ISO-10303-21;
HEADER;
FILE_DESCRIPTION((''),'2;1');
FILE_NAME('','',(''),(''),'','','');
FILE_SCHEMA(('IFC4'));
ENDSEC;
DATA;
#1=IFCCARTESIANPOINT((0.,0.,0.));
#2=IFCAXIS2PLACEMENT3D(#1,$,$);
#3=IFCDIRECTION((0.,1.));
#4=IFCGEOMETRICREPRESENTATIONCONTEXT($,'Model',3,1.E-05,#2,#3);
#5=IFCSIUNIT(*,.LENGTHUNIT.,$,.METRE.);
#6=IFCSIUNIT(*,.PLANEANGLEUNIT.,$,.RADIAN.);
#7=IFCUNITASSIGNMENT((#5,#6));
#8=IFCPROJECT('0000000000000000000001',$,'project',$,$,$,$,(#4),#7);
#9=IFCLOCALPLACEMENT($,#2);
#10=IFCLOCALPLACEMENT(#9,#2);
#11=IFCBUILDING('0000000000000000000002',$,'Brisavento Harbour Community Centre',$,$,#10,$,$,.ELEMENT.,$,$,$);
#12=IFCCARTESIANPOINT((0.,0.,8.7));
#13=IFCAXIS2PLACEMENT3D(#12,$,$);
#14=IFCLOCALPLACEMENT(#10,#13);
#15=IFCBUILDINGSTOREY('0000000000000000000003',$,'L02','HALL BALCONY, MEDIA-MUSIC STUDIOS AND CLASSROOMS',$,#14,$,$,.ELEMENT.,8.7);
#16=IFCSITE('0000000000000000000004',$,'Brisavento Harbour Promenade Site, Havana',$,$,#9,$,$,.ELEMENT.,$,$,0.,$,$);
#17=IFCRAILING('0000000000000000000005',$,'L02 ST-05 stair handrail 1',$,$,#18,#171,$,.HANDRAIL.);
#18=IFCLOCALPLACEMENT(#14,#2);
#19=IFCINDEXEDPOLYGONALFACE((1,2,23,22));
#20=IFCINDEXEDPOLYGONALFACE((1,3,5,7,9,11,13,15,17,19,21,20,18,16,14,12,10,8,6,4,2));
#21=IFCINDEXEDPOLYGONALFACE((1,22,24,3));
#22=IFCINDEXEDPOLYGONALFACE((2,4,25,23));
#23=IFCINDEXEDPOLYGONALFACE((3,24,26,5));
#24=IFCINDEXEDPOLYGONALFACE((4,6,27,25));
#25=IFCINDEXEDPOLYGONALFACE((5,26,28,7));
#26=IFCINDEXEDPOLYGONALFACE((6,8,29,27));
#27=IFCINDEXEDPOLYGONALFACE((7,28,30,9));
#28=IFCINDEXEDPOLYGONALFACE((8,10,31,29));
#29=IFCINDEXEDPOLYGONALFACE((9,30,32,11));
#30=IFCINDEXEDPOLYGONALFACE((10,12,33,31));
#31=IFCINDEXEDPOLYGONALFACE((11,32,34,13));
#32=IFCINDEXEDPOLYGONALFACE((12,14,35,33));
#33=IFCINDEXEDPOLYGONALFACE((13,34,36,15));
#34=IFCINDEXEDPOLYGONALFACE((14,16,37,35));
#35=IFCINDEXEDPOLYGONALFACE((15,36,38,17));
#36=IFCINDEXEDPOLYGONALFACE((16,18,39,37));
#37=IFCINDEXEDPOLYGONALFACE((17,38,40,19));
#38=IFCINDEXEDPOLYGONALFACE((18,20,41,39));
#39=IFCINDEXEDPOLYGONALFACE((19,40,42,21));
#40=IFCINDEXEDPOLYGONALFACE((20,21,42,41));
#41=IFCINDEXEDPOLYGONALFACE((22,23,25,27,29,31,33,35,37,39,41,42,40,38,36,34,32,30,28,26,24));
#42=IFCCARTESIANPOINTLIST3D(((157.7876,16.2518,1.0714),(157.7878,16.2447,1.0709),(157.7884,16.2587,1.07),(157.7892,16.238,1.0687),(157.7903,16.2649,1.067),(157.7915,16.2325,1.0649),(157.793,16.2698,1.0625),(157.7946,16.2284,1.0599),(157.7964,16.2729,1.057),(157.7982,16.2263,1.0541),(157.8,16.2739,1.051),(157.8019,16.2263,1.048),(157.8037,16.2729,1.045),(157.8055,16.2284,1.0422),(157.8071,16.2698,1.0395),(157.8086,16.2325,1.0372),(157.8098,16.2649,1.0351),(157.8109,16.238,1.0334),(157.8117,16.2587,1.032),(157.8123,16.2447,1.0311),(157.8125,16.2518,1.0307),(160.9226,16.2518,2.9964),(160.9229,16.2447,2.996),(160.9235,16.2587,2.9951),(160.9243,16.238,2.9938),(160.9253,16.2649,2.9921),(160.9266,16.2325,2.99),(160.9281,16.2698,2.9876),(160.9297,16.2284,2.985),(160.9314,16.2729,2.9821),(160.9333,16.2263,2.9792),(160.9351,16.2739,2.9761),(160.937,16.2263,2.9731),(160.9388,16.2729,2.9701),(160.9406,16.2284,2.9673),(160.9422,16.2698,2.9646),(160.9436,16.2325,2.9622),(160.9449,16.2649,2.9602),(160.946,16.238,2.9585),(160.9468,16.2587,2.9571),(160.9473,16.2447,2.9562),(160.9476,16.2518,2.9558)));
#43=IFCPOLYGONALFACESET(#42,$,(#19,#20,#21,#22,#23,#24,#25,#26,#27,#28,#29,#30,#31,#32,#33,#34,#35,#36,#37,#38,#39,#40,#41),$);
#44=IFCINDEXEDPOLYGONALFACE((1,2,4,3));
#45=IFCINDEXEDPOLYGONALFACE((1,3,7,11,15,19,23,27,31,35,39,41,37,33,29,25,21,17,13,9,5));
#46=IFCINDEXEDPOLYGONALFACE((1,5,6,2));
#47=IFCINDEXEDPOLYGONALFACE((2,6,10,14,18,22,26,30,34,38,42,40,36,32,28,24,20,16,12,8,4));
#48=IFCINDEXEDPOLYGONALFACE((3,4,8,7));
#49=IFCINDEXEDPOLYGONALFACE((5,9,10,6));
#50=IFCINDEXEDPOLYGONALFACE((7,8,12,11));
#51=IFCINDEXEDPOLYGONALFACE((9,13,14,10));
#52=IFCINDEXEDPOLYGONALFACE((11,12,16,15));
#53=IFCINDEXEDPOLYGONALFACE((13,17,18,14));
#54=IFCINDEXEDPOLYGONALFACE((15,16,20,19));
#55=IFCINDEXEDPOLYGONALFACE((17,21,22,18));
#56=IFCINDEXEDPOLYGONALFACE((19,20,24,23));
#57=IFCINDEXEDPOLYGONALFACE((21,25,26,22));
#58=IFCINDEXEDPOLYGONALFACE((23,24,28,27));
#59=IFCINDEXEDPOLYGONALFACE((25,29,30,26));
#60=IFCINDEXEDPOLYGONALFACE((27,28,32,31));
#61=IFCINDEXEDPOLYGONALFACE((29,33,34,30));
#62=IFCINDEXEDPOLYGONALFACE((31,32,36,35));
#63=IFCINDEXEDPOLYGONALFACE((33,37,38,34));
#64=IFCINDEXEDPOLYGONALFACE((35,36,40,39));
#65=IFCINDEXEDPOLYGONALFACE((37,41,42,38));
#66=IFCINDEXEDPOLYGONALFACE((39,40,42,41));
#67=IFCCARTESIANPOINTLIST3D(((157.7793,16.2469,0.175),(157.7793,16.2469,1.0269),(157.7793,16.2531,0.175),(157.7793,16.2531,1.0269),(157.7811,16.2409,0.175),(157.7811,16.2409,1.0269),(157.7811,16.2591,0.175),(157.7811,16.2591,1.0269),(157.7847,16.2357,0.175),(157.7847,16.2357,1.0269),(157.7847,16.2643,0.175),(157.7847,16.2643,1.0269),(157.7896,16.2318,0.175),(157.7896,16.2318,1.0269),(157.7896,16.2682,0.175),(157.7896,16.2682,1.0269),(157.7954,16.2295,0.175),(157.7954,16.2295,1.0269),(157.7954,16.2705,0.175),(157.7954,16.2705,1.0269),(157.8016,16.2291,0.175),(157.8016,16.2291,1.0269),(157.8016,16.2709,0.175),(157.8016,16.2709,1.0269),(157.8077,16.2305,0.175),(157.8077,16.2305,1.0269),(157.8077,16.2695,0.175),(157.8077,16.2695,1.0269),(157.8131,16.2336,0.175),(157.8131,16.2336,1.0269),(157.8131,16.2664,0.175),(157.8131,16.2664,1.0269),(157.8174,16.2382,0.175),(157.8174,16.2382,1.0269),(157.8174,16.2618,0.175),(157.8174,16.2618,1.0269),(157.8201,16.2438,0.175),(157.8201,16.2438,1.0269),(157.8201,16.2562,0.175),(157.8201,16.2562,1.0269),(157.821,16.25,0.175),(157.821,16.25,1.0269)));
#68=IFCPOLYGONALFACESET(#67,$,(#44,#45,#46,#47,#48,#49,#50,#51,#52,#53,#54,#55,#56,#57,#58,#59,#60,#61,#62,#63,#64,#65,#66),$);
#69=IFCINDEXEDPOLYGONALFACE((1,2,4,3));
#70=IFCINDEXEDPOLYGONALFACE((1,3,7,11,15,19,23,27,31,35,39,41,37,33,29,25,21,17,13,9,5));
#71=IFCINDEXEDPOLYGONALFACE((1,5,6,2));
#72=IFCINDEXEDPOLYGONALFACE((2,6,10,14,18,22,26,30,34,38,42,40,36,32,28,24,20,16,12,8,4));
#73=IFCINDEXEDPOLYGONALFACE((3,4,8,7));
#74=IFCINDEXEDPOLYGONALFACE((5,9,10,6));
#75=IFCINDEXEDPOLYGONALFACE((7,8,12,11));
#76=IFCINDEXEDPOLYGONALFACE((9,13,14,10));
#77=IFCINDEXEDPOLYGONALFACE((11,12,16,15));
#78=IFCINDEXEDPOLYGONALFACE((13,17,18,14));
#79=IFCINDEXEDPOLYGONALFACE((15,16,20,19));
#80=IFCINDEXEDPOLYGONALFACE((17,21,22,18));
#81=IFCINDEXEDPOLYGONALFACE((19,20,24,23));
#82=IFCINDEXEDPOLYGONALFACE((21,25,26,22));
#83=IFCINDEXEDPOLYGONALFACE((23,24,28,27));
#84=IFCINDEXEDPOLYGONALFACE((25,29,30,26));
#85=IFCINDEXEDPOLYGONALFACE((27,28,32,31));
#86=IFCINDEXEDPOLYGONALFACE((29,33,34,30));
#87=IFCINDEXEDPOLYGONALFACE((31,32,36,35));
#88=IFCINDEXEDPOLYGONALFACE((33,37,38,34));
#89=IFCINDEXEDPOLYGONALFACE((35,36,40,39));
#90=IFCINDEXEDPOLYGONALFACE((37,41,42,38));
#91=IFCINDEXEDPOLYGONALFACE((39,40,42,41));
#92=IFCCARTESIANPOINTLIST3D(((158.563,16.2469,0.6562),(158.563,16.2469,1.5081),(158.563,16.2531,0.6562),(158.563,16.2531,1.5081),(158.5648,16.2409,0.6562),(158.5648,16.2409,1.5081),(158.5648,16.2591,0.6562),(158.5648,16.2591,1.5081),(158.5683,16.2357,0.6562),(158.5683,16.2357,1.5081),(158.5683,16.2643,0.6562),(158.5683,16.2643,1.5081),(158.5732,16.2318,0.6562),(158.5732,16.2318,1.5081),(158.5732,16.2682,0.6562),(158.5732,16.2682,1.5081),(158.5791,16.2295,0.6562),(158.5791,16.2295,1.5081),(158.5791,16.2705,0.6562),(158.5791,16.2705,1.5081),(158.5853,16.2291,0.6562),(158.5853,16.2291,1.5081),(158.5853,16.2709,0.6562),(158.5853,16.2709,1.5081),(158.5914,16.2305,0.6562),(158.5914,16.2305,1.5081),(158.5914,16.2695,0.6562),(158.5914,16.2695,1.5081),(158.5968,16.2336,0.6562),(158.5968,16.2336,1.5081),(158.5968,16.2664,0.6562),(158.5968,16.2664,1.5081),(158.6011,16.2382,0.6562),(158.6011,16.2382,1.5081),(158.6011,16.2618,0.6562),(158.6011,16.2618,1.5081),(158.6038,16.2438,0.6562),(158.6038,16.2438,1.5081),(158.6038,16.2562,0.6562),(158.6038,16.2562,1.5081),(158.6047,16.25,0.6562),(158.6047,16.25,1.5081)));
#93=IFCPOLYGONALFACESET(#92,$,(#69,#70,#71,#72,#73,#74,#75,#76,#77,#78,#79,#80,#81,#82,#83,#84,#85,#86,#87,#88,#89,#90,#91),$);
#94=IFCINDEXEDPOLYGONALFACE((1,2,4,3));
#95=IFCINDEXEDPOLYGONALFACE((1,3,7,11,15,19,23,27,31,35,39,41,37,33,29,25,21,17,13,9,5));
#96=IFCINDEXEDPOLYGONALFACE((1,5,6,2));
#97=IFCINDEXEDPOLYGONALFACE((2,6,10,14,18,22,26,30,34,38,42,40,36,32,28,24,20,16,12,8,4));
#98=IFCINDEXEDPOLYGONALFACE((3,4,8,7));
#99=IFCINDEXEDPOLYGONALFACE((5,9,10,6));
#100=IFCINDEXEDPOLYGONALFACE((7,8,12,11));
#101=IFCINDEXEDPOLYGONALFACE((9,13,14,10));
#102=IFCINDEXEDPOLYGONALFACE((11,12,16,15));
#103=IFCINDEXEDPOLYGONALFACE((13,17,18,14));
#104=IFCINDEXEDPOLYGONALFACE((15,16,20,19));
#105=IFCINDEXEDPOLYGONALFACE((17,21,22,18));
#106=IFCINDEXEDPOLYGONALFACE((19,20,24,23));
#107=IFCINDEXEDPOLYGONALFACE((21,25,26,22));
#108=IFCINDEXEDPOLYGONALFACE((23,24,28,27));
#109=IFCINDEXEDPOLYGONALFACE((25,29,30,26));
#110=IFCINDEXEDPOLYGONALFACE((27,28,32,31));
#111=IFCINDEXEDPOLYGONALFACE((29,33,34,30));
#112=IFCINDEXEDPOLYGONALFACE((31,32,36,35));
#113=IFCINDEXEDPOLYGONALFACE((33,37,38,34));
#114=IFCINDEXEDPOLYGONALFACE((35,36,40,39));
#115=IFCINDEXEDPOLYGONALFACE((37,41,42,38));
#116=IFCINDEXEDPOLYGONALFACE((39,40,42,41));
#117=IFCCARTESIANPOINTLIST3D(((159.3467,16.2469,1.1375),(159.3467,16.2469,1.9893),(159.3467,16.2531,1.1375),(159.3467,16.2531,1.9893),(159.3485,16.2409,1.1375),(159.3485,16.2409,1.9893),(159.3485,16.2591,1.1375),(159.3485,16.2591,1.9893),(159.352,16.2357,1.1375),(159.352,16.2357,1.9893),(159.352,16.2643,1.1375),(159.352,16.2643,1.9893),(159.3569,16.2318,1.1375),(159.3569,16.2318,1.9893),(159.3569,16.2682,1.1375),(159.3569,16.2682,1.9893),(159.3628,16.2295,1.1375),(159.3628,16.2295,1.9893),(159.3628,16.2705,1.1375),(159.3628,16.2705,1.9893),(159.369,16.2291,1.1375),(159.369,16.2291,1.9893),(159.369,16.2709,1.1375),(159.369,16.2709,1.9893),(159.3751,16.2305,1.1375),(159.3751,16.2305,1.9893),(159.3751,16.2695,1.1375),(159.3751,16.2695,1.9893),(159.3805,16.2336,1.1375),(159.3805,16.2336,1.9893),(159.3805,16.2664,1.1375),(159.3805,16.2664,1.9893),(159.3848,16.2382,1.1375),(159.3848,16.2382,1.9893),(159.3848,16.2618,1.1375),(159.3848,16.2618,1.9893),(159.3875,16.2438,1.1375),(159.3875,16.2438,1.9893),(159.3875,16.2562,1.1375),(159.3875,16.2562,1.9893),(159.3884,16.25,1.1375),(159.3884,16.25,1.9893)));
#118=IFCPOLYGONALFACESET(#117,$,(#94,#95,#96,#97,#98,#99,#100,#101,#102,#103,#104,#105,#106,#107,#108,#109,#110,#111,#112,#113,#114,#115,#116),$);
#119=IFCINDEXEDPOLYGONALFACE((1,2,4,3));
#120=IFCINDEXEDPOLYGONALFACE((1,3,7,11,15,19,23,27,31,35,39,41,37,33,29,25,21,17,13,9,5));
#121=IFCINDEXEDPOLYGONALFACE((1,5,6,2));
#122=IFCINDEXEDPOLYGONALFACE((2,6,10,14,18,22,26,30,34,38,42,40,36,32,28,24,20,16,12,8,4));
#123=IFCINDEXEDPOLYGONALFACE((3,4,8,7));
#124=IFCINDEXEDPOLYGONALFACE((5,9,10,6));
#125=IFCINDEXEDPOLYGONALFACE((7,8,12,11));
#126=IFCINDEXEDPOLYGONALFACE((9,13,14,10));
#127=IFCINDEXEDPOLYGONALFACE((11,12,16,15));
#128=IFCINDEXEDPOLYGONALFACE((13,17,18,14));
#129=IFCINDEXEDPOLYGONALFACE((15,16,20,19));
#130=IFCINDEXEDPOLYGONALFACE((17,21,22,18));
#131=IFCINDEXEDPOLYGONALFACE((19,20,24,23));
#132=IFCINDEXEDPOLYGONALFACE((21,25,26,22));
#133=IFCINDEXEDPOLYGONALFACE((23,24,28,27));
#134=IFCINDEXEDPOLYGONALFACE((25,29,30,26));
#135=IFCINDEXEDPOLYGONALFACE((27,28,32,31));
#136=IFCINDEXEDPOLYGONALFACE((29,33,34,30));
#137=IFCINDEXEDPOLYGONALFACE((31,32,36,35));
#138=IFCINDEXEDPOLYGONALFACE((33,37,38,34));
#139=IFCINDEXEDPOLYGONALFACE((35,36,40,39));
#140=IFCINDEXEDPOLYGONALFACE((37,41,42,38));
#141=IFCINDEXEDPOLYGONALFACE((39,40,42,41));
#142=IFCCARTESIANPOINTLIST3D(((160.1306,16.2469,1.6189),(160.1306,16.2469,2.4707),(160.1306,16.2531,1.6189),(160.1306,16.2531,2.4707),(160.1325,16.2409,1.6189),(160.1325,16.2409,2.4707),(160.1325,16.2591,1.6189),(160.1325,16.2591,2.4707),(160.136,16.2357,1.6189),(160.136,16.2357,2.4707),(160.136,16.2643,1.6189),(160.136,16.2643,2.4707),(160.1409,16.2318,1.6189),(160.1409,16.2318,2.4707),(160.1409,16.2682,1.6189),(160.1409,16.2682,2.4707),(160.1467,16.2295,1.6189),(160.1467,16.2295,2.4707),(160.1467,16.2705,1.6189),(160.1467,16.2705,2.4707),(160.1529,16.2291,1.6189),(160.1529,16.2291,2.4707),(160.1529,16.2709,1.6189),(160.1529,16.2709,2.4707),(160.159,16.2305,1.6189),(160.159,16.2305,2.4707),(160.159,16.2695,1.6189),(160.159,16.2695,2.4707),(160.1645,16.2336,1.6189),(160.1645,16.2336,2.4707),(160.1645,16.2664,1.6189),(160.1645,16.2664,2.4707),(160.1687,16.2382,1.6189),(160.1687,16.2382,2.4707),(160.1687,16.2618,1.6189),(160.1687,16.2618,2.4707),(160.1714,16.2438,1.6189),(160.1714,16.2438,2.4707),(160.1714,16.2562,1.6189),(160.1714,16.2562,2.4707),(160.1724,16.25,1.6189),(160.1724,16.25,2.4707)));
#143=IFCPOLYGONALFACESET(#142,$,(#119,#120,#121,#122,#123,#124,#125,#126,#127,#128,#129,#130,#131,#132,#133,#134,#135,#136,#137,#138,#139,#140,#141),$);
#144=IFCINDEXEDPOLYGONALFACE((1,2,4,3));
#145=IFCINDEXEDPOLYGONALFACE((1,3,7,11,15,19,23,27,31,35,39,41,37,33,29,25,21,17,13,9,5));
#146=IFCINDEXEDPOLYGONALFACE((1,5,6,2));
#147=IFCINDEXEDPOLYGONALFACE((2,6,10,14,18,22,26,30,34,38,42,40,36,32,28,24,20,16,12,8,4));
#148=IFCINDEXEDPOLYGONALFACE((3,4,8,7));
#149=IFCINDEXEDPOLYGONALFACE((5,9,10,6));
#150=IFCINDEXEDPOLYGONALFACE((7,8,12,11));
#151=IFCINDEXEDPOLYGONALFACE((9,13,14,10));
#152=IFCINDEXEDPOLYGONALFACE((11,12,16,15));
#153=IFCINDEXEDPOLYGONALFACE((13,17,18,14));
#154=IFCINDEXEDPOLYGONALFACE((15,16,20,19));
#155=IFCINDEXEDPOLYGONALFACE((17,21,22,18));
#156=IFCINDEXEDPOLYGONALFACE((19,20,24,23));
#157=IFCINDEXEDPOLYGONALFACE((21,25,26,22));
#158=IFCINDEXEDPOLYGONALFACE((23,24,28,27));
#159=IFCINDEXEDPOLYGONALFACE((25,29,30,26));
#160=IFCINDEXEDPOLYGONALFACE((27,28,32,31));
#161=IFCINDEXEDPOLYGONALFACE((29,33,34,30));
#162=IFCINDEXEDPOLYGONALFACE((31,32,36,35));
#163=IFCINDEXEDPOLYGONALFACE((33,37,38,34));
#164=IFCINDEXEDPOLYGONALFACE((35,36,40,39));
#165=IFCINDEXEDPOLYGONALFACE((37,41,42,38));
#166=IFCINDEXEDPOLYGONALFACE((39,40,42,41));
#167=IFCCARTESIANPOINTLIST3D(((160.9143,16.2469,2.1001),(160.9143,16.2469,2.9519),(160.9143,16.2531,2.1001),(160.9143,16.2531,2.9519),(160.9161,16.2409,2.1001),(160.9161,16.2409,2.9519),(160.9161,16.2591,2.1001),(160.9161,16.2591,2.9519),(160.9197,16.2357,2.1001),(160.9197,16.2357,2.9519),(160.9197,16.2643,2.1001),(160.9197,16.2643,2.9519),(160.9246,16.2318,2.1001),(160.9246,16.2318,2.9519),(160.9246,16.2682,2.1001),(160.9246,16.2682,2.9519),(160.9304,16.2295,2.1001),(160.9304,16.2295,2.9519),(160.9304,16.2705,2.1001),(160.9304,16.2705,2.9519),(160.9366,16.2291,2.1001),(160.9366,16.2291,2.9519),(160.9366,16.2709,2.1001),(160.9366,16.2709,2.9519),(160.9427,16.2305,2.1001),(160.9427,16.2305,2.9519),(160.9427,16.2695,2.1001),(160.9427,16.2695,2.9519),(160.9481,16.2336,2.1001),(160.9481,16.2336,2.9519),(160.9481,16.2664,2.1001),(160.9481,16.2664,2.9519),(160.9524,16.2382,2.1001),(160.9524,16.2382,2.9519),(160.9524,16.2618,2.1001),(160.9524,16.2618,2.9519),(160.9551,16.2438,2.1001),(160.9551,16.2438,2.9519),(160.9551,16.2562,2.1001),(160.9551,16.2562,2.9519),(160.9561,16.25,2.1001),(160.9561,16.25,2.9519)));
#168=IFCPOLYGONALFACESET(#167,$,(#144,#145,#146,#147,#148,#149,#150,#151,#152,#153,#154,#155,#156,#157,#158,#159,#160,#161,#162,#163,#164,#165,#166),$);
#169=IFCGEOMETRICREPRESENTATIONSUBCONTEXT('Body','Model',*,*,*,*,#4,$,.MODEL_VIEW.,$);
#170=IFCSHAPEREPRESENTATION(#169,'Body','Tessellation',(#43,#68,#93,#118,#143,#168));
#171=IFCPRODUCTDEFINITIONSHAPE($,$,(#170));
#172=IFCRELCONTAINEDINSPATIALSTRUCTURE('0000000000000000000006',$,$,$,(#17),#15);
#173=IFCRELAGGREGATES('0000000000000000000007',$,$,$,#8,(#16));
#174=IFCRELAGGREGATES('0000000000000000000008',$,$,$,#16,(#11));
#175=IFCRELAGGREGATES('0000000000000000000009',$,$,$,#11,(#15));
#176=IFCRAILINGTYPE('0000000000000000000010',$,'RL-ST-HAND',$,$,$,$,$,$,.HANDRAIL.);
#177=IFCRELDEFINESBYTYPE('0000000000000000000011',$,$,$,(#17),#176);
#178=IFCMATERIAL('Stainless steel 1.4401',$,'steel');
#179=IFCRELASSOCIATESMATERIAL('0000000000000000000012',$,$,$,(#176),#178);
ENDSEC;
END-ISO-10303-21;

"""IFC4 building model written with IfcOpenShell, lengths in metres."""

from ifc_helpers import new_model, si_unit, direction, frame, origin, origin_2d, place, context, subcontext, project, spatial, circle, extrude, material, type_object, element, save


model = new_model("IFC4")

# Units and contexts
model_context = context("Model", 3, precision=1e-05, world=origin(), true_north=direction((0.0, 1.0)))
body_context = subcontext(model_context, "Body", "Model", "MODEL_VIEW")
ifc_project = project(units=[si_unit("LENGTHUNIT", "METRE"), si_unit("PLANEANGLEUNIT", "RADIAN")], contexts=[model_context])

# Site, building, storey
site_placement = place(None, origin())
site = spatial("IfcSite", under=ifc_project, at=site_placement, Name="Brisavento Harbour Promenade Site, Havana", CompositionType="ELEMENT", RefElevation=0.0)
building_placement = place(site_placement, origin())
building = spatial("IfcBuilding", under=site, at=building_placement, Name="Brisavento Harbour Community Centre", CompositionType="ELEMENT")
storey_placement = place(building_placement, frame((0.0, 0.0, 8.7)))
storey = spatial("IfcBuildingStorey", under=building, at=storey_placement, Name="L02", Description="HALL BALCONY, MEDIA-MUSIC STUDIOS AND CLASSROOMS", CompositionType="ELEMENT", Elevation=8.7)

# Railing
ifc_material_1 = material(Name="Stainless steel 1.4401", Category="steel")
railing_type_1 = type_object("IfcRailingType", Name="RL-ST-HAND", PredefinedType="HANDRAIL", material=ifc_material_1)
railing_1_placement = place(storey_placement, frame((157.8, 16.25, 0.175)))
element("IfcRailing", 1, at=railing_1_placement, inside=storey, type_object=railing_type_1, Name="L02 ST-05 stair handrail 1", PredefinedType="HANDRAIL", context=body_context, shape_type="SweptSolid", body=[
    extrude(circle(Radius=0.0239, at=origin_2d()), frame((0.0, 0.0, 0.876), z_axis=(0.852166, 0.0, 0.523271), x_axis=(0.0, 1.0, 0.0)), (0.0, 0.0, 1.0), 3.679),
    extrude(circle(Radius=0.021, at=origin_2d()), origin(), (0.0, 0.0, 1.0), 0.8518),
    extrude(circle(Radius=0.021, at=origin_2d()), frame((0.7837, 0.0, 0.4812)), (0.0, 0.0, 1.0), 0.8518),
    extrude(circle(Radius=0.021, at=origin_2d()), frame((1.5674, 0.0, 0.9624)), (0.0, 0.0, 1.0), 0.8518),
    extrude(circle(Radius=0.021, at=origin_2d()), frame((2.3513, 0.0, 1.4438)), (0.0, 0.0, 1.0), 0.8518),
    extrude(circle(Radius=0.021, at=origin_2d()), frame((3.135, 0.0, 1.925)), (0.0, 0.0, 1.0), 0.8518),
])

save(model, "model.ifc")
